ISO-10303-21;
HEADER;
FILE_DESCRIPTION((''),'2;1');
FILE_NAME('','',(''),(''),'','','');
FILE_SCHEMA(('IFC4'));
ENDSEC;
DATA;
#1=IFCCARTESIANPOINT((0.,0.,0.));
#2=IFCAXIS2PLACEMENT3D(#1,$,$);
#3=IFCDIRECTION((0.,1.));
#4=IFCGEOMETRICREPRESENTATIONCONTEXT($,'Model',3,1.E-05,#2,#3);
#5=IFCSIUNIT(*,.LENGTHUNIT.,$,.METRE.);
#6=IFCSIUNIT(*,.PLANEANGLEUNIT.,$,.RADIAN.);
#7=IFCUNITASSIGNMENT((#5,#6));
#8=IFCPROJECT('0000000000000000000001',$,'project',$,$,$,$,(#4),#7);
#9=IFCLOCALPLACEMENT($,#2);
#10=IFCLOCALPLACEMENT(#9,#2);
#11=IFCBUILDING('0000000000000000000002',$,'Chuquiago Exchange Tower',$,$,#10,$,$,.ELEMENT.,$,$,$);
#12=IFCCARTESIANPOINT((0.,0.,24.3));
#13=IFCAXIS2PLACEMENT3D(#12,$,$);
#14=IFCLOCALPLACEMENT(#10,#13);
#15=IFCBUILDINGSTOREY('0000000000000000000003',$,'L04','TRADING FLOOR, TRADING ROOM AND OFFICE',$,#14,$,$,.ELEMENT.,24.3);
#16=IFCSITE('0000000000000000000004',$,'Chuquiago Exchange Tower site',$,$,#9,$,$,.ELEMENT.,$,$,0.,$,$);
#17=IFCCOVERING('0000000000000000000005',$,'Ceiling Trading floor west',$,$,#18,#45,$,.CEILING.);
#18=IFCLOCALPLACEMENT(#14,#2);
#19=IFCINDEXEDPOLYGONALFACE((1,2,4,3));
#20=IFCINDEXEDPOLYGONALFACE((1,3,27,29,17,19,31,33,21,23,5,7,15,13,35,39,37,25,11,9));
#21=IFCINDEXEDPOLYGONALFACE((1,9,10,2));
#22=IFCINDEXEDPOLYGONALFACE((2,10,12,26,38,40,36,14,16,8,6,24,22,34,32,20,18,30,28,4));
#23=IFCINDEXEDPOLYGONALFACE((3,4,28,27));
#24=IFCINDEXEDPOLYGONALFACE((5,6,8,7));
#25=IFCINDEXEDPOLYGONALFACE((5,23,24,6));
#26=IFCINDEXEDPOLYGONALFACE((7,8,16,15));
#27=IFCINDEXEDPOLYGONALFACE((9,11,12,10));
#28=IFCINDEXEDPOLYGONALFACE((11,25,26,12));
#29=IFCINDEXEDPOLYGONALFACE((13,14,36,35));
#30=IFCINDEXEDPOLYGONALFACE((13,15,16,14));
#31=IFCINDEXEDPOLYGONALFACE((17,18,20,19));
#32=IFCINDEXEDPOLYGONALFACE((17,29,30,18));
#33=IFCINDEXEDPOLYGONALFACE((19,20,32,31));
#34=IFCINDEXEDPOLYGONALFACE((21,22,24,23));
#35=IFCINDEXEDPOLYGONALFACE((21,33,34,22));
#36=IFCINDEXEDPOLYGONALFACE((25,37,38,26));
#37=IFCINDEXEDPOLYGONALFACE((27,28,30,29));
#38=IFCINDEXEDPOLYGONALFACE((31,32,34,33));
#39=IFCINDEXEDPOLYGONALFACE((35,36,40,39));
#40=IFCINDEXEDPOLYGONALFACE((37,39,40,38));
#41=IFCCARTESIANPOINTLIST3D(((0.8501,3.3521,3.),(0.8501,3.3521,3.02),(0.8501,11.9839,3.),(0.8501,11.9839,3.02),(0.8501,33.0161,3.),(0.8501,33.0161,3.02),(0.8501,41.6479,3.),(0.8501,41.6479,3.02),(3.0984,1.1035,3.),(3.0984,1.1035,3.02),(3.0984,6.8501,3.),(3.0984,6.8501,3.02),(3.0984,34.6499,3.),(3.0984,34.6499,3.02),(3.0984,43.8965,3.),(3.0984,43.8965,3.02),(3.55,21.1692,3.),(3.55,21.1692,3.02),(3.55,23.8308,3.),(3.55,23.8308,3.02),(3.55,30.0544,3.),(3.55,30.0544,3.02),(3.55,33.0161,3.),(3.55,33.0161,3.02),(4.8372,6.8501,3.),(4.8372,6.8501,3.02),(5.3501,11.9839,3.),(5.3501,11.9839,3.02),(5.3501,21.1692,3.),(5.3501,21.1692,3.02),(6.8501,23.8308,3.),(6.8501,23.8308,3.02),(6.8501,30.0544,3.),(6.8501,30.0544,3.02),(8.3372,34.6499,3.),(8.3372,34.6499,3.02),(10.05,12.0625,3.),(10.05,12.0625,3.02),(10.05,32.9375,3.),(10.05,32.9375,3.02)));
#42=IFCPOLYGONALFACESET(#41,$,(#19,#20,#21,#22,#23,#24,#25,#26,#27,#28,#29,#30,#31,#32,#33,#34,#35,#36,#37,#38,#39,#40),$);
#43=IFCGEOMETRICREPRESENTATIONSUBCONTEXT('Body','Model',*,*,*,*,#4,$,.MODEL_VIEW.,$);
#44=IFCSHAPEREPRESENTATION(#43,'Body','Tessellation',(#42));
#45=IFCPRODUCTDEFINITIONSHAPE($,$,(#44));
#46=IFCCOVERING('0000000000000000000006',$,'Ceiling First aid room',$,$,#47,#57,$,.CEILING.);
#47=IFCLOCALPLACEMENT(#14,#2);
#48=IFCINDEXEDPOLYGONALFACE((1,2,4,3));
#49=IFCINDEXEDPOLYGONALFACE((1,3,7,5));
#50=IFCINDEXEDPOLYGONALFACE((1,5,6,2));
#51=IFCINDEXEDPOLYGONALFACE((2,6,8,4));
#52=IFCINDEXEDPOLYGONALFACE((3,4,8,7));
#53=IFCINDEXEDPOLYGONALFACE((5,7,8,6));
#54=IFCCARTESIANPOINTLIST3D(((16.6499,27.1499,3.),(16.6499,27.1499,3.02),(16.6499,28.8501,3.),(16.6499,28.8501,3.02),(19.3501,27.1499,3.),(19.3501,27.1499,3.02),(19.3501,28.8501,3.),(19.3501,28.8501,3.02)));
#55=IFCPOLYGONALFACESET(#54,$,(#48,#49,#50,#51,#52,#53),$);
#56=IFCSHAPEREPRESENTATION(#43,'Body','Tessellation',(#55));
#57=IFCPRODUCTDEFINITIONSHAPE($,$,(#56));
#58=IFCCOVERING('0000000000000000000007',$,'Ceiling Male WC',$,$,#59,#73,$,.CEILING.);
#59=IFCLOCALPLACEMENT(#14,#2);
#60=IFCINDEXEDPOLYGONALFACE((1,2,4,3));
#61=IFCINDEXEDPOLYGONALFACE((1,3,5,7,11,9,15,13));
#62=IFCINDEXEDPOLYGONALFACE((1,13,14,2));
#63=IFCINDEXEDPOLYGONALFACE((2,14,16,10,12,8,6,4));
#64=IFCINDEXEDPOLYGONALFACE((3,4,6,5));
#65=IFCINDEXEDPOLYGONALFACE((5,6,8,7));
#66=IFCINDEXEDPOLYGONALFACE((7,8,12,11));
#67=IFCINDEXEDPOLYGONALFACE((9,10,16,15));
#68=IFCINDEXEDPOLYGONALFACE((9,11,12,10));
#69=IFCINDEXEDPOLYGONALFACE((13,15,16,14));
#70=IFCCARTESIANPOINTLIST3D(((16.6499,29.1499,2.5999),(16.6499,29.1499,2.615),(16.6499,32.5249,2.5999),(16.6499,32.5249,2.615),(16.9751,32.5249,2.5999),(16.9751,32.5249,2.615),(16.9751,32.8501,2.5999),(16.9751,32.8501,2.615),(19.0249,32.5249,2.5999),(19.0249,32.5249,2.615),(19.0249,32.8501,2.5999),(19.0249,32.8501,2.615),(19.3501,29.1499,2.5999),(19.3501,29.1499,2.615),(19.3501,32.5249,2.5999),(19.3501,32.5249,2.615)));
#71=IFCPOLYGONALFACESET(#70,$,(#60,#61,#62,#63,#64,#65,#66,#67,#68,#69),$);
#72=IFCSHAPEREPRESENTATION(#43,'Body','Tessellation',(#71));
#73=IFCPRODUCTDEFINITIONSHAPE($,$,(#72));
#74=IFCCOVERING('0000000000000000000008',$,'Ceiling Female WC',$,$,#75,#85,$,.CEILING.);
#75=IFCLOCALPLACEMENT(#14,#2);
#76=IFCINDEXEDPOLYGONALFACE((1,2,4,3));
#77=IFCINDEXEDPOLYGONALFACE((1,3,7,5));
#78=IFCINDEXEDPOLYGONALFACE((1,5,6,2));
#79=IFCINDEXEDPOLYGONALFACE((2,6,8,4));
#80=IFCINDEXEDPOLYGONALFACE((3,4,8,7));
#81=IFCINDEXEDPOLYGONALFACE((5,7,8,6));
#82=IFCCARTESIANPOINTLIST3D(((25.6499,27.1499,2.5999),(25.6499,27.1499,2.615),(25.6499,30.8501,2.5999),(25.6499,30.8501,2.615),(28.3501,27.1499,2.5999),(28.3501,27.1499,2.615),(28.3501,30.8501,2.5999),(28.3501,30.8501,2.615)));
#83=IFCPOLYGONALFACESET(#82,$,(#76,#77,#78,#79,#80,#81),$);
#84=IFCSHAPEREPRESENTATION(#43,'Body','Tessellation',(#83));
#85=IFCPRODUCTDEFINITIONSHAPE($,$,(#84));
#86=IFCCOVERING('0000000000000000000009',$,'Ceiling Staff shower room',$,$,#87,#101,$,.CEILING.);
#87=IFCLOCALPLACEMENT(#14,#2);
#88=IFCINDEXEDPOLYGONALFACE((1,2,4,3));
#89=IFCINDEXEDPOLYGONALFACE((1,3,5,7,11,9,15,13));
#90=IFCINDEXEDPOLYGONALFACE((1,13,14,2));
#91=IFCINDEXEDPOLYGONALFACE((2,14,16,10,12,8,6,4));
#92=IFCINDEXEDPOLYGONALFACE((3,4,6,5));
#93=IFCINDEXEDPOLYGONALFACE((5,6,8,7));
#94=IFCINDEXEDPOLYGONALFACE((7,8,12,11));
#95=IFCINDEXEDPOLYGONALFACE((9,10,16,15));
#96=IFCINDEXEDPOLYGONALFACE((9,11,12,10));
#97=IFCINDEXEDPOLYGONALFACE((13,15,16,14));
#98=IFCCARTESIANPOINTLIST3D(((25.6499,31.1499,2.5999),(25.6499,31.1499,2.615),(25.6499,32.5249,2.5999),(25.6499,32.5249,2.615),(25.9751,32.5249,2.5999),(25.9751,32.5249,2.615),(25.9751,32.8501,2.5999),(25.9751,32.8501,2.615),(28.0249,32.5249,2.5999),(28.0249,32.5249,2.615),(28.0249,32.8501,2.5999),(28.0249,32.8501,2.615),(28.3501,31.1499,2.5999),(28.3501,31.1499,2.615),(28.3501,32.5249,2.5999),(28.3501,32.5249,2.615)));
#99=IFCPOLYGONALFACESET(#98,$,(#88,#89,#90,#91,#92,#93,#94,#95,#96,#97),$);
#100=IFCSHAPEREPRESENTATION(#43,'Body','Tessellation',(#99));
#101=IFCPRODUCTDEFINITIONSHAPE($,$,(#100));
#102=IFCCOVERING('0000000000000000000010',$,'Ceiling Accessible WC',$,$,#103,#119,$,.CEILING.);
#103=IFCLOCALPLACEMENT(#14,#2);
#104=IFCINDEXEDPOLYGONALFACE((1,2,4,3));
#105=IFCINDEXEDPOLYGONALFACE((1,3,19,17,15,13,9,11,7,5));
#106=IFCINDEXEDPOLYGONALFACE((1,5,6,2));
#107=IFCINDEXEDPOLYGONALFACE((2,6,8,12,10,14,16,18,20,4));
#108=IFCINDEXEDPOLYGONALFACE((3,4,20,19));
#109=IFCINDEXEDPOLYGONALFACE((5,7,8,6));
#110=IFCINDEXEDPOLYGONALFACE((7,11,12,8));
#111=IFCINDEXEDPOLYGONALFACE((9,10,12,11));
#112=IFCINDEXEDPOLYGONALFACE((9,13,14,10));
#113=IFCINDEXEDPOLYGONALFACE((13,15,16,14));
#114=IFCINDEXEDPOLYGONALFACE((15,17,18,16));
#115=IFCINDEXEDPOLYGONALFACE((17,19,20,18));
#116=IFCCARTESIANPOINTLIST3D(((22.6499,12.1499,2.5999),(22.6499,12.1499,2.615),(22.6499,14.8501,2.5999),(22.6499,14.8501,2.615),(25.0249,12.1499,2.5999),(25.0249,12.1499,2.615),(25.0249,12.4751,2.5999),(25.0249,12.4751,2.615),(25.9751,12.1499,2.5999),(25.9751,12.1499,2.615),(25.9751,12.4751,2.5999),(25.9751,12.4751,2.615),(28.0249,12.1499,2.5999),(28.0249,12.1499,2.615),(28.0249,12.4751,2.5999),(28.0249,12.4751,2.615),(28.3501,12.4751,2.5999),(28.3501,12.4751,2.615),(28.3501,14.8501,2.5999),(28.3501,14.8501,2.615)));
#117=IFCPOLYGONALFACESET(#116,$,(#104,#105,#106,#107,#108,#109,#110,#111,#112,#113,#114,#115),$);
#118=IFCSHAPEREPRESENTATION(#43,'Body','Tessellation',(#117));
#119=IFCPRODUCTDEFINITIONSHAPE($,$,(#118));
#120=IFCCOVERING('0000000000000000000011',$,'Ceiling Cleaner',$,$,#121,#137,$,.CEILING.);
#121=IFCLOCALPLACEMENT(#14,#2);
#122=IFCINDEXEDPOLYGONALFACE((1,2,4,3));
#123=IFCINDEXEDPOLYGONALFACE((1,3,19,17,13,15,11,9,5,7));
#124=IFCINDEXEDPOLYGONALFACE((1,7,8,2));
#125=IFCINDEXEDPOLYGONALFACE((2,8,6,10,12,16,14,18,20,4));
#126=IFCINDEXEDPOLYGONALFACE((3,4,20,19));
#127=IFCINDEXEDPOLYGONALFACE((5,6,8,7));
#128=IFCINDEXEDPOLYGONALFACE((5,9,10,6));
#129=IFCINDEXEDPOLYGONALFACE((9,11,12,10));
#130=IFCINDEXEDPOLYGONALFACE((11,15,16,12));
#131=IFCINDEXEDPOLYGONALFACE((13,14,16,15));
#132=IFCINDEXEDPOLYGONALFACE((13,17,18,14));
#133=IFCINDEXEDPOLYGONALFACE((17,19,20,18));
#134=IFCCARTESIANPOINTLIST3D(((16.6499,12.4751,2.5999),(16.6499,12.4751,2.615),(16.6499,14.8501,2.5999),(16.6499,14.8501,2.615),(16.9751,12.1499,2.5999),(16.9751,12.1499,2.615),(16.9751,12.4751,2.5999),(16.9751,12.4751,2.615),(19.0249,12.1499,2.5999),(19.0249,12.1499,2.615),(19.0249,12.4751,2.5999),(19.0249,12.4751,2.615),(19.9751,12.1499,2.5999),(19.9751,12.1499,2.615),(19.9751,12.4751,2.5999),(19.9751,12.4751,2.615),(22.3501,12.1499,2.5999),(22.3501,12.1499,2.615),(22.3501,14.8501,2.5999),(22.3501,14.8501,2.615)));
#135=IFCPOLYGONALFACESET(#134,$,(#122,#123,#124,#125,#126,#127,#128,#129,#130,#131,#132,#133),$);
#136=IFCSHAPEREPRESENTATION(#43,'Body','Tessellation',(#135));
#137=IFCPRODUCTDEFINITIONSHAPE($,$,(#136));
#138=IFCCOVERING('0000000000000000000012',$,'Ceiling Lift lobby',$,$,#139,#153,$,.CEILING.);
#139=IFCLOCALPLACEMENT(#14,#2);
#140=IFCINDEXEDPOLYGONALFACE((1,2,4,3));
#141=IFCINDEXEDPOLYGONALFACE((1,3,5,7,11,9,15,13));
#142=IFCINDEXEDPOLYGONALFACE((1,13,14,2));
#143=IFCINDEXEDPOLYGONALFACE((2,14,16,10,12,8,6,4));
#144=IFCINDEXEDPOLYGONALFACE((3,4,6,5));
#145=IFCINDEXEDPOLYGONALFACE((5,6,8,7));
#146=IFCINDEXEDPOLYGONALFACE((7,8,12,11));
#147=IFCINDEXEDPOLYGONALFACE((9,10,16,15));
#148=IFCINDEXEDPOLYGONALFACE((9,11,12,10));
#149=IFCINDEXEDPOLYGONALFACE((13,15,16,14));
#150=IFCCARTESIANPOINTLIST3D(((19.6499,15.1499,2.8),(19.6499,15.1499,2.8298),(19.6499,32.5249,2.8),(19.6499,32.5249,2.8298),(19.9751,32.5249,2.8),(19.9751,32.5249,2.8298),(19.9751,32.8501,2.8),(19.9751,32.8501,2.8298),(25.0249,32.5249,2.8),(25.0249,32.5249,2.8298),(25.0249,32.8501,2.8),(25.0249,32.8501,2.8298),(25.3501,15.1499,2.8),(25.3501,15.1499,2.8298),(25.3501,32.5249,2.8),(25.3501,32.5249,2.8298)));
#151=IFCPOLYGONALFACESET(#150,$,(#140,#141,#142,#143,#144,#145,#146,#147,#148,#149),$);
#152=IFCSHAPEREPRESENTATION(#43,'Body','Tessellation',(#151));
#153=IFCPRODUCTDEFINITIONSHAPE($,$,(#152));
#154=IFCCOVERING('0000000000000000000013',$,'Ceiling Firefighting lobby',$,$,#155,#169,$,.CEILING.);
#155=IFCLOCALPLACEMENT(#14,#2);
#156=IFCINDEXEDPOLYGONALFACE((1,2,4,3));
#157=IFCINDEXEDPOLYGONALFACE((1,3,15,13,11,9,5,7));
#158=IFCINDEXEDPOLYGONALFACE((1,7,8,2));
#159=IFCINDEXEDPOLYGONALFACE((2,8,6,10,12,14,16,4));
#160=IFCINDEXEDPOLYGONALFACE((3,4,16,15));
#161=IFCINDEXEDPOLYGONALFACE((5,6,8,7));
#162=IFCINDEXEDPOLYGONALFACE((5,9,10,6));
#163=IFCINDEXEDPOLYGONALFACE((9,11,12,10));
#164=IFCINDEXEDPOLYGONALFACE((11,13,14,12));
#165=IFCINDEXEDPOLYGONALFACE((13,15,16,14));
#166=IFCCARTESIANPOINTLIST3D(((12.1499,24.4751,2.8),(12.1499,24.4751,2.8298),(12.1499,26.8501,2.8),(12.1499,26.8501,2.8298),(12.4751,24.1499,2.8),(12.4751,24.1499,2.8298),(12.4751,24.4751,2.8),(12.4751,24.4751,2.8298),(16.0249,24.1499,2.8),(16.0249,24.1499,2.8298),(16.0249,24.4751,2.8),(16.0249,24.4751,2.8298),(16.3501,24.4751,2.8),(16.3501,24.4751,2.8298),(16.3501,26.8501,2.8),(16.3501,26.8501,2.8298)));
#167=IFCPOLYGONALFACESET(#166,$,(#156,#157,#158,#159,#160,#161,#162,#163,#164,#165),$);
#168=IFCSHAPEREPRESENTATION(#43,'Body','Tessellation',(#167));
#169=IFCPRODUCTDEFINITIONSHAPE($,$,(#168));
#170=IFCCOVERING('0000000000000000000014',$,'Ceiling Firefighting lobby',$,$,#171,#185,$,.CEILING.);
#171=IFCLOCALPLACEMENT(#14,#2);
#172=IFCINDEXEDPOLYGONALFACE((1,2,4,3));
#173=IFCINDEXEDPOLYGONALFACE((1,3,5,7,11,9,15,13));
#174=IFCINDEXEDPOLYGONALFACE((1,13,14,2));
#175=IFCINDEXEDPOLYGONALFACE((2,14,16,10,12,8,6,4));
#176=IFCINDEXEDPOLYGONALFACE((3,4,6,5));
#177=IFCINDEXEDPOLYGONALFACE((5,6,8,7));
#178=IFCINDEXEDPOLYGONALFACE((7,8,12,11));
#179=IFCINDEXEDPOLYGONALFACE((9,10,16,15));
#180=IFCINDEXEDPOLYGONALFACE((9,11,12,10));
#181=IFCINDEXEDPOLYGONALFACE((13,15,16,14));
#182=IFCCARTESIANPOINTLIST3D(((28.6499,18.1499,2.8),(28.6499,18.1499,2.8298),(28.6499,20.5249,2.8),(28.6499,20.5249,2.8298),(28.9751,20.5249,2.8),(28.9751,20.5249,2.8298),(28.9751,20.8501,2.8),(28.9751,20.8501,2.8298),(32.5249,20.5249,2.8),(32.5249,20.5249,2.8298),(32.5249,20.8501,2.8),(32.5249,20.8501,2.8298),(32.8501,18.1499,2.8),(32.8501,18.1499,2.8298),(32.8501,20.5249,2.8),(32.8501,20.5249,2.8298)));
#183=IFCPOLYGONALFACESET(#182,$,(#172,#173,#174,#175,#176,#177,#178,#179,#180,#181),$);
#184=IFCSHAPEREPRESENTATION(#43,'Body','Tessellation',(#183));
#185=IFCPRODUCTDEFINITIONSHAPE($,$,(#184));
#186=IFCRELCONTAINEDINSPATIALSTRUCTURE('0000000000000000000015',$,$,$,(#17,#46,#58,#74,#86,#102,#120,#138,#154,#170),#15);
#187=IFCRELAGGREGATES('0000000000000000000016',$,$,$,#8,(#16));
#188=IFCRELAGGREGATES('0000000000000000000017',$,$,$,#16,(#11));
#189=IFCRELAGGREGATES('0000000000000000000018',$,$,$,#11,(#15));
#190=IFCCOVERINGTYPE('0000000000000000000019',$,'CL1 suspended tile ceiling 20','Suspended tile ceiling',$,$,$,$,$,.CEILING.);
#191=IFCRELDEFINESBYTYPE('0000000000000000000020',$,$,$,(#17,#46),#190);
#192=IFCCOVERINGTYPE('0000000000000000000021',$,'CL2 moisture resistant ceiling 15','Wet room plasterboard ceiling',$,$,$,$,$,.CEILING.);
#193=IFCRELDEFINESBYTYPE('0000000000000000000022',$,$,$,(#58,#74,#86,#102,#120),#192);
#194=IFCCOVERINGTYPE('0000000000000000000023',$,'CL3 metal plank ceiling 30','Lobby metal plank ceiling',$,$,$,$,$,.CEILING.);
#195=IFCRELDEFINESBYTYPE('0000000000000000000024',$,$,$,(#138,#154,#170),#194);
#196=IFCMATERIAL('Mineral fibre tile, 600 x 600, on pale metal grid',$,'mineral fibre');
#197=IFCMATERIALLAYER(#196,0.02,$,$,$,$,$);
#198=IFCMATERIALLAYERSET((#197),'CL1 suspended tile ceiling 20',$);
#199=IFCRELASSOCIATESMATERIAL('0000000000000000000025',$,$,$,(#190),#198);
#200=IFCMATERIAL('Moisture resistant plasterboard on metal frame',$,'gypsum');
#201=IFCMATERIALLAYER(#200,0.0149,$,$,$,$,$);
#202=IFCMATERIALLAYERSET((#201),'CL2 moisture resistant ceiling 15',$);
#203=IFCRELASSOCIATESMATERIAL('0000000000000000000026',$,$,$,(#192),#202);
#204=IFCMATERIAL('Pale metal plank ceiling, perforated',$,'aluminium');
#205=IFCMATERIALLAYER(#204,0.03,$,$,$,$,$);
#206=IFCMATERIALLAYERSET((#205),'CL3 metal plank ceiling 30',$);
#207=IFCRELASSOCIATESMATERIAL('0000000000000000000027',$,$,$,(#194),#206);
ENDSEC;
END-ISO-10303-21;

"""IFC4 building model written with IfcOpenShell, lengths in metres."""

from ifc_helpers import new_model, si_unit, direction, frame, origin, place, context, subcontext, project, spatial, polyline, outline, extrude, material, layer, layer_set, type_object, element, save


model = new_model("IFC4")

# Units and contexts
model_context = context("Model", 3, precision=1e-05, world=origin(), true_north=direction((0.0, 1.0)))
body_context = subcontext(model_context, "Body", "Model", "MODEL_VIEW")
ifc_project = project(units=[si_unit("LENGTHUNIT", "METRE"), si_unit("PLANEANGLEUNIT", "RADIAN")], contexts=[model_context])

# Site, building, storey
site_placement = place(None, origin())
site = spatial("IfcSite", under=ifc_project, at=site_placement, Name="Chuquiago Exchange Tower site", CompositionType="ELEMENT", RefElevation=0.0)
building_placement = place(site_placement, origin())
building = spatial("IfcBuilding", under=site, at=building_placement, Name="Chuquiago Exchange Tower", CompositionType="ELEMENT")
storey_placement = place(building_placement, frame((0.0, 0.0, 24.3)))
storey = spatial("IfcBuildingStorey", under=building, at=storey_placement, Name="L04", Description="TRADING FLOOR, TRADING ROOM AND OFFICE", CompositionType="ELEMENT", Elevation=24.3)

# Coverings
ifc_material_1 = material(Name="Mineral fibre tile, 600 x 600, on pale metal grid", Category="mineral fibre")
ifc_layer_1 = layer(ifc_material_1, 0.02)
ifc_layer_set_1 = layer_set([ifc_layer_1], Name="CL1 suspended tile ceiling 20")
covering_type_1 = type_object("IfcCoveringType", Name="CL1 suspended tile ceiling 20", Description="Suspended tile ceiling", PredefinedType="CEILING", material=ifc_layer_set_1)
covering_1_placement = place(storey_placement, frame((0.0, 0.0, 3.0)))
element("IfcCovering", 1, at=covering_1_placement, inside=storey, type_object=covering_type_1, Name="Ceiling Trading floor west", PredefinedType="CEILING", context=body_context, shape_type="SweptSolid", body=[
    extrude(outline(polyline([(3.0984, 34.6499), (8.3372, 34.6499), (10.05, 32.9375), (10.05, 12.0625), (4.8372, 6.8501), (3.0984, 6.8501), (3.0984, 1.1035), (0.8501, 3.3521), (0.8501, 11.9839), (5.3501, 11.9839), (5.3501, 21.1692), (3.55, 21.1692), (3.55, 23.8308), (6.8501, 23.8308), (6.8501, 30.0544), (3.55, 30.0544), (3.55, 33.0161), (0.8501, 33.0161), (0.8501, 41.6479), (3.0984, 43.8965), (3.0984, 34.6499)])), origin(), (0.0, 0.0, 1.0), 0.02),
])
covering_2_placement = place(storey_placement, frame((0.0, 0.0, 3.0)))
element("IfcCovering", 2, at=covering_2_placement, inside=storey, type_object=covering_type_1, Name="Ceiling First aid room", PredefinedType="CEILING", context=body_context, shape_type="SweptSolid", body=[
    extrude(outline(polyline([(16.6499, 27.1499), (16.6499, 28.8501), (19.3501, 28.8501), (19.3501, 27.1499), (16.6499, 27.1499)])), origin(), (0.0, 0.0, 1.0), 0.02),
])
ifc_material_2 = material(Name="Moisture resistant plasterboard on metal frame", Category="gypsum")
ifc_layer_2 = layer(ifc_material_2, 0.0149)
ifc_layer_set_2 = layer_set([ifc_layer_2], Name="CL2 moisture resistant ceiling 15")
covering_type_2 = type_object("IfcCoveringType", Name="CL2 moisture resistant ceiling 15", Description="Wet room plasterboard ceiling", PredefinedType="CEILING", material=ifc_layer_set_2)
covering_3_placement = place(storey_placement, frame((0.0, 0.0, 2.5999)))
element("IfcCovering", 3, at=covering_3_placement, inside=storey, type_object=covering_type_2, Name="Ceiling Male WC", PredefinedType="CEILING", context=body_context, shape_type="SweptSolid", body=[
    extrude(outline(polyline([(16.6499, 29.1499), (16.6499, 32.5249), (16.9751, 32.5249), (16.9751, 32.8501), (19.0249, 32.8501), (19.0249, 32.5249), (19.3501, 32.5249), (19.3501, 29.1499), (16.6499, 29.1499)])), origin(), (0.0, 0.0, 1.0), 0.0151),
])
covering_4_placement = place(storey_placement, frame((0.0, 0.0, 2.5999)))
element("IfcCovering", 4, at=covering_4_placement, inside=storey, type_object=covering_type_2, Name="Ceiling Female WC", PredefinedType="CEILING", context=body_context, shape_type="SweptSolid", body=[
    extrude(outline(polyline([(25.6499, 27.1499), (25.6499, 30.8501), (28.3501, 30.8501), (28.3501, 27.1499), (25.6499, 27.1499)])), origin(), (0.0, 0.0, 1.0), 0.0151),
])
covering_5_placement = place(storey_placement, frame((0.0, 0.0, 2.5999)))
element("IfcCovering", 5, at=covering_5_placement, inside=storey, type_object=covering_type_2, Name="Ceiling Staff shower room", PredefinedType="CEILING", context=body_context, shape_type="SweptSolid", body=[
    extrude(outline(polyline([(25.6499, 31.1499), (25.6499, 32.5249), (25.9751, 32.5249), (25.9751, 32.8501), (28.0249, 32.8501), (28.0249, 32.5249), (28.3501, 32.5249), (28.3501, 31.1499), (25.6499, 31.1499)])), origin(), (0.0, 0.0, 1.0), 0.0151),
])
covering_6_placement = place(storey_placement, frame((0.0, 0.0, 2.5999)))
element("IfcCovering", 6, at=covering_6_placement, inside=storey, type_object=covering_type_2, Name="Ceiling Accessible WC", PredefinedType="CEILING", context=body_context, shape_type="SweptSolid", body=[
    extrude(outline(polyline([(25.9751, 12.1499), (25.9751, 12.4751), (25.0249, 12.4751), (25.0249, 12.1499), (22.6499, 12.1499), (22.6499, 14.8501), (28.3501, 14.8501), (28.3501, 12.4751), (28.0249, 12.4751), (28.0249, 12.1499), (25.9751, 12.1499)])), origin(), (0.0, 0.0, 1.0), 0.0151),
])
covering_7_placement = place(storey_placement, frame((0.0, 0.0, 2.5999)))
element("IfcCovering", 7, at=covering_7_placement, inside=storey, type_object=covering_type_2, Name="Ceiling Cleaner", PredefinedType="CEILING", context=body_context, shape_type="SweptSolid", body=[
    extrude(outline(polyline([(19.9751, 12.1499), (19.9751, 12.4751), (19.0249, 12.4751), (19.0249, 12.1499), (16.9751, 12.1499), (16.9751, 12.4751), (16.6499, 12.4751), (16.6499, 14.8501), (22.3501, 14.8501), (22.3501, 12.1499), (19.9751, 12.1499)])), origin(), (0.0, 0.0, 1.0), 0.0151),
])
ifc_material_3 = material(Name="Pale metal plank ceiling, perforated", Category="aluminium")
ifc_layer_3 = layer(ifc_material_3, 0.03)
ifc_layer_set_3 = layer_set([ifc_layer_3], Name="CL3 metal plank ceiling 30")
covering_type_3 = type_object("IfcCoveringType", Name="CL3 metal plank ceiling 30", Description="Lobby metal plank ceiling", PredefinedType="CEILING", material=ifc_layer_set_3)
covering_8_placement = place(storey_placement, frame((0.0, 0.0, 2.8)))
element("IfcCovering", 8, at=covering_8_placement, inside=storey, type_object=covering_type_3, Name="Ceiling Lift lobby", PredefinedType="CEILING", context=body_context, shape_type="SweptSolid", body=[
    extrude(outline(polyline([(19.6499, 15.1499), (19.6499, 32.5249), (19.9751, 32.5249), (19.9751, 32.8501), (25.0249, 32.8501), (25.0249, 32.5249), (25.3501, 32.5249), (25.3501, 15.1499), (19.6499, 15.1499)])), origin(), (0.0, 0.0, 1.0), 0.0298),
])
covering_9_placement = place(storey_placement, frame((0.0, 0.0, 2.8)))
element("IfcCovering", 9, at=covering_9_placement, inside=storey, type_object=covering_type_3, Name="Ceiling Firefighting lobby", PredefinedType="CEILING", context=body_context, shape_type="SweptSolid", body=[
    extrude(outline(polyline([(12.4751, 24.1499), (12.4751, 24.4751), (12.1499, 24.4751), (12.1499, 26.8501), (16.3501, 26.8501), (16.3501, 24.4751), (16.0249, 24.4751), (16.0249, 24.1499), (12.4751, 24.1499)])), origin(), (0.0, 0.0, 1.0), 0.0298),
])
covering_10_placement = place(storey_placement, frame((0.0, 0.0, 2.8)))
element("IfcCovering", 10, at=covering_10_placement, inside=storey, type_object=covering_type_3, Name="Ceiling Firefighting lobby", PredefinedType="CEILING", context=body_context, shape_type="SweptSolid", body=[
    extrude(outline(polyline([(28.6499, 18.1499), (28.6499, 20.5249), (28.9751, 20.5249), (28.9751, 20.8501), (32.5249, 20.8501), (32.5249, 20.5249), (32.8501, 20.5249), (32.8501, 18.1499), (28.6499, 18.1499)])), origin(), (0.0, 0.0, 1.0), 0.0298),
])

save(model, "model.ifc")
